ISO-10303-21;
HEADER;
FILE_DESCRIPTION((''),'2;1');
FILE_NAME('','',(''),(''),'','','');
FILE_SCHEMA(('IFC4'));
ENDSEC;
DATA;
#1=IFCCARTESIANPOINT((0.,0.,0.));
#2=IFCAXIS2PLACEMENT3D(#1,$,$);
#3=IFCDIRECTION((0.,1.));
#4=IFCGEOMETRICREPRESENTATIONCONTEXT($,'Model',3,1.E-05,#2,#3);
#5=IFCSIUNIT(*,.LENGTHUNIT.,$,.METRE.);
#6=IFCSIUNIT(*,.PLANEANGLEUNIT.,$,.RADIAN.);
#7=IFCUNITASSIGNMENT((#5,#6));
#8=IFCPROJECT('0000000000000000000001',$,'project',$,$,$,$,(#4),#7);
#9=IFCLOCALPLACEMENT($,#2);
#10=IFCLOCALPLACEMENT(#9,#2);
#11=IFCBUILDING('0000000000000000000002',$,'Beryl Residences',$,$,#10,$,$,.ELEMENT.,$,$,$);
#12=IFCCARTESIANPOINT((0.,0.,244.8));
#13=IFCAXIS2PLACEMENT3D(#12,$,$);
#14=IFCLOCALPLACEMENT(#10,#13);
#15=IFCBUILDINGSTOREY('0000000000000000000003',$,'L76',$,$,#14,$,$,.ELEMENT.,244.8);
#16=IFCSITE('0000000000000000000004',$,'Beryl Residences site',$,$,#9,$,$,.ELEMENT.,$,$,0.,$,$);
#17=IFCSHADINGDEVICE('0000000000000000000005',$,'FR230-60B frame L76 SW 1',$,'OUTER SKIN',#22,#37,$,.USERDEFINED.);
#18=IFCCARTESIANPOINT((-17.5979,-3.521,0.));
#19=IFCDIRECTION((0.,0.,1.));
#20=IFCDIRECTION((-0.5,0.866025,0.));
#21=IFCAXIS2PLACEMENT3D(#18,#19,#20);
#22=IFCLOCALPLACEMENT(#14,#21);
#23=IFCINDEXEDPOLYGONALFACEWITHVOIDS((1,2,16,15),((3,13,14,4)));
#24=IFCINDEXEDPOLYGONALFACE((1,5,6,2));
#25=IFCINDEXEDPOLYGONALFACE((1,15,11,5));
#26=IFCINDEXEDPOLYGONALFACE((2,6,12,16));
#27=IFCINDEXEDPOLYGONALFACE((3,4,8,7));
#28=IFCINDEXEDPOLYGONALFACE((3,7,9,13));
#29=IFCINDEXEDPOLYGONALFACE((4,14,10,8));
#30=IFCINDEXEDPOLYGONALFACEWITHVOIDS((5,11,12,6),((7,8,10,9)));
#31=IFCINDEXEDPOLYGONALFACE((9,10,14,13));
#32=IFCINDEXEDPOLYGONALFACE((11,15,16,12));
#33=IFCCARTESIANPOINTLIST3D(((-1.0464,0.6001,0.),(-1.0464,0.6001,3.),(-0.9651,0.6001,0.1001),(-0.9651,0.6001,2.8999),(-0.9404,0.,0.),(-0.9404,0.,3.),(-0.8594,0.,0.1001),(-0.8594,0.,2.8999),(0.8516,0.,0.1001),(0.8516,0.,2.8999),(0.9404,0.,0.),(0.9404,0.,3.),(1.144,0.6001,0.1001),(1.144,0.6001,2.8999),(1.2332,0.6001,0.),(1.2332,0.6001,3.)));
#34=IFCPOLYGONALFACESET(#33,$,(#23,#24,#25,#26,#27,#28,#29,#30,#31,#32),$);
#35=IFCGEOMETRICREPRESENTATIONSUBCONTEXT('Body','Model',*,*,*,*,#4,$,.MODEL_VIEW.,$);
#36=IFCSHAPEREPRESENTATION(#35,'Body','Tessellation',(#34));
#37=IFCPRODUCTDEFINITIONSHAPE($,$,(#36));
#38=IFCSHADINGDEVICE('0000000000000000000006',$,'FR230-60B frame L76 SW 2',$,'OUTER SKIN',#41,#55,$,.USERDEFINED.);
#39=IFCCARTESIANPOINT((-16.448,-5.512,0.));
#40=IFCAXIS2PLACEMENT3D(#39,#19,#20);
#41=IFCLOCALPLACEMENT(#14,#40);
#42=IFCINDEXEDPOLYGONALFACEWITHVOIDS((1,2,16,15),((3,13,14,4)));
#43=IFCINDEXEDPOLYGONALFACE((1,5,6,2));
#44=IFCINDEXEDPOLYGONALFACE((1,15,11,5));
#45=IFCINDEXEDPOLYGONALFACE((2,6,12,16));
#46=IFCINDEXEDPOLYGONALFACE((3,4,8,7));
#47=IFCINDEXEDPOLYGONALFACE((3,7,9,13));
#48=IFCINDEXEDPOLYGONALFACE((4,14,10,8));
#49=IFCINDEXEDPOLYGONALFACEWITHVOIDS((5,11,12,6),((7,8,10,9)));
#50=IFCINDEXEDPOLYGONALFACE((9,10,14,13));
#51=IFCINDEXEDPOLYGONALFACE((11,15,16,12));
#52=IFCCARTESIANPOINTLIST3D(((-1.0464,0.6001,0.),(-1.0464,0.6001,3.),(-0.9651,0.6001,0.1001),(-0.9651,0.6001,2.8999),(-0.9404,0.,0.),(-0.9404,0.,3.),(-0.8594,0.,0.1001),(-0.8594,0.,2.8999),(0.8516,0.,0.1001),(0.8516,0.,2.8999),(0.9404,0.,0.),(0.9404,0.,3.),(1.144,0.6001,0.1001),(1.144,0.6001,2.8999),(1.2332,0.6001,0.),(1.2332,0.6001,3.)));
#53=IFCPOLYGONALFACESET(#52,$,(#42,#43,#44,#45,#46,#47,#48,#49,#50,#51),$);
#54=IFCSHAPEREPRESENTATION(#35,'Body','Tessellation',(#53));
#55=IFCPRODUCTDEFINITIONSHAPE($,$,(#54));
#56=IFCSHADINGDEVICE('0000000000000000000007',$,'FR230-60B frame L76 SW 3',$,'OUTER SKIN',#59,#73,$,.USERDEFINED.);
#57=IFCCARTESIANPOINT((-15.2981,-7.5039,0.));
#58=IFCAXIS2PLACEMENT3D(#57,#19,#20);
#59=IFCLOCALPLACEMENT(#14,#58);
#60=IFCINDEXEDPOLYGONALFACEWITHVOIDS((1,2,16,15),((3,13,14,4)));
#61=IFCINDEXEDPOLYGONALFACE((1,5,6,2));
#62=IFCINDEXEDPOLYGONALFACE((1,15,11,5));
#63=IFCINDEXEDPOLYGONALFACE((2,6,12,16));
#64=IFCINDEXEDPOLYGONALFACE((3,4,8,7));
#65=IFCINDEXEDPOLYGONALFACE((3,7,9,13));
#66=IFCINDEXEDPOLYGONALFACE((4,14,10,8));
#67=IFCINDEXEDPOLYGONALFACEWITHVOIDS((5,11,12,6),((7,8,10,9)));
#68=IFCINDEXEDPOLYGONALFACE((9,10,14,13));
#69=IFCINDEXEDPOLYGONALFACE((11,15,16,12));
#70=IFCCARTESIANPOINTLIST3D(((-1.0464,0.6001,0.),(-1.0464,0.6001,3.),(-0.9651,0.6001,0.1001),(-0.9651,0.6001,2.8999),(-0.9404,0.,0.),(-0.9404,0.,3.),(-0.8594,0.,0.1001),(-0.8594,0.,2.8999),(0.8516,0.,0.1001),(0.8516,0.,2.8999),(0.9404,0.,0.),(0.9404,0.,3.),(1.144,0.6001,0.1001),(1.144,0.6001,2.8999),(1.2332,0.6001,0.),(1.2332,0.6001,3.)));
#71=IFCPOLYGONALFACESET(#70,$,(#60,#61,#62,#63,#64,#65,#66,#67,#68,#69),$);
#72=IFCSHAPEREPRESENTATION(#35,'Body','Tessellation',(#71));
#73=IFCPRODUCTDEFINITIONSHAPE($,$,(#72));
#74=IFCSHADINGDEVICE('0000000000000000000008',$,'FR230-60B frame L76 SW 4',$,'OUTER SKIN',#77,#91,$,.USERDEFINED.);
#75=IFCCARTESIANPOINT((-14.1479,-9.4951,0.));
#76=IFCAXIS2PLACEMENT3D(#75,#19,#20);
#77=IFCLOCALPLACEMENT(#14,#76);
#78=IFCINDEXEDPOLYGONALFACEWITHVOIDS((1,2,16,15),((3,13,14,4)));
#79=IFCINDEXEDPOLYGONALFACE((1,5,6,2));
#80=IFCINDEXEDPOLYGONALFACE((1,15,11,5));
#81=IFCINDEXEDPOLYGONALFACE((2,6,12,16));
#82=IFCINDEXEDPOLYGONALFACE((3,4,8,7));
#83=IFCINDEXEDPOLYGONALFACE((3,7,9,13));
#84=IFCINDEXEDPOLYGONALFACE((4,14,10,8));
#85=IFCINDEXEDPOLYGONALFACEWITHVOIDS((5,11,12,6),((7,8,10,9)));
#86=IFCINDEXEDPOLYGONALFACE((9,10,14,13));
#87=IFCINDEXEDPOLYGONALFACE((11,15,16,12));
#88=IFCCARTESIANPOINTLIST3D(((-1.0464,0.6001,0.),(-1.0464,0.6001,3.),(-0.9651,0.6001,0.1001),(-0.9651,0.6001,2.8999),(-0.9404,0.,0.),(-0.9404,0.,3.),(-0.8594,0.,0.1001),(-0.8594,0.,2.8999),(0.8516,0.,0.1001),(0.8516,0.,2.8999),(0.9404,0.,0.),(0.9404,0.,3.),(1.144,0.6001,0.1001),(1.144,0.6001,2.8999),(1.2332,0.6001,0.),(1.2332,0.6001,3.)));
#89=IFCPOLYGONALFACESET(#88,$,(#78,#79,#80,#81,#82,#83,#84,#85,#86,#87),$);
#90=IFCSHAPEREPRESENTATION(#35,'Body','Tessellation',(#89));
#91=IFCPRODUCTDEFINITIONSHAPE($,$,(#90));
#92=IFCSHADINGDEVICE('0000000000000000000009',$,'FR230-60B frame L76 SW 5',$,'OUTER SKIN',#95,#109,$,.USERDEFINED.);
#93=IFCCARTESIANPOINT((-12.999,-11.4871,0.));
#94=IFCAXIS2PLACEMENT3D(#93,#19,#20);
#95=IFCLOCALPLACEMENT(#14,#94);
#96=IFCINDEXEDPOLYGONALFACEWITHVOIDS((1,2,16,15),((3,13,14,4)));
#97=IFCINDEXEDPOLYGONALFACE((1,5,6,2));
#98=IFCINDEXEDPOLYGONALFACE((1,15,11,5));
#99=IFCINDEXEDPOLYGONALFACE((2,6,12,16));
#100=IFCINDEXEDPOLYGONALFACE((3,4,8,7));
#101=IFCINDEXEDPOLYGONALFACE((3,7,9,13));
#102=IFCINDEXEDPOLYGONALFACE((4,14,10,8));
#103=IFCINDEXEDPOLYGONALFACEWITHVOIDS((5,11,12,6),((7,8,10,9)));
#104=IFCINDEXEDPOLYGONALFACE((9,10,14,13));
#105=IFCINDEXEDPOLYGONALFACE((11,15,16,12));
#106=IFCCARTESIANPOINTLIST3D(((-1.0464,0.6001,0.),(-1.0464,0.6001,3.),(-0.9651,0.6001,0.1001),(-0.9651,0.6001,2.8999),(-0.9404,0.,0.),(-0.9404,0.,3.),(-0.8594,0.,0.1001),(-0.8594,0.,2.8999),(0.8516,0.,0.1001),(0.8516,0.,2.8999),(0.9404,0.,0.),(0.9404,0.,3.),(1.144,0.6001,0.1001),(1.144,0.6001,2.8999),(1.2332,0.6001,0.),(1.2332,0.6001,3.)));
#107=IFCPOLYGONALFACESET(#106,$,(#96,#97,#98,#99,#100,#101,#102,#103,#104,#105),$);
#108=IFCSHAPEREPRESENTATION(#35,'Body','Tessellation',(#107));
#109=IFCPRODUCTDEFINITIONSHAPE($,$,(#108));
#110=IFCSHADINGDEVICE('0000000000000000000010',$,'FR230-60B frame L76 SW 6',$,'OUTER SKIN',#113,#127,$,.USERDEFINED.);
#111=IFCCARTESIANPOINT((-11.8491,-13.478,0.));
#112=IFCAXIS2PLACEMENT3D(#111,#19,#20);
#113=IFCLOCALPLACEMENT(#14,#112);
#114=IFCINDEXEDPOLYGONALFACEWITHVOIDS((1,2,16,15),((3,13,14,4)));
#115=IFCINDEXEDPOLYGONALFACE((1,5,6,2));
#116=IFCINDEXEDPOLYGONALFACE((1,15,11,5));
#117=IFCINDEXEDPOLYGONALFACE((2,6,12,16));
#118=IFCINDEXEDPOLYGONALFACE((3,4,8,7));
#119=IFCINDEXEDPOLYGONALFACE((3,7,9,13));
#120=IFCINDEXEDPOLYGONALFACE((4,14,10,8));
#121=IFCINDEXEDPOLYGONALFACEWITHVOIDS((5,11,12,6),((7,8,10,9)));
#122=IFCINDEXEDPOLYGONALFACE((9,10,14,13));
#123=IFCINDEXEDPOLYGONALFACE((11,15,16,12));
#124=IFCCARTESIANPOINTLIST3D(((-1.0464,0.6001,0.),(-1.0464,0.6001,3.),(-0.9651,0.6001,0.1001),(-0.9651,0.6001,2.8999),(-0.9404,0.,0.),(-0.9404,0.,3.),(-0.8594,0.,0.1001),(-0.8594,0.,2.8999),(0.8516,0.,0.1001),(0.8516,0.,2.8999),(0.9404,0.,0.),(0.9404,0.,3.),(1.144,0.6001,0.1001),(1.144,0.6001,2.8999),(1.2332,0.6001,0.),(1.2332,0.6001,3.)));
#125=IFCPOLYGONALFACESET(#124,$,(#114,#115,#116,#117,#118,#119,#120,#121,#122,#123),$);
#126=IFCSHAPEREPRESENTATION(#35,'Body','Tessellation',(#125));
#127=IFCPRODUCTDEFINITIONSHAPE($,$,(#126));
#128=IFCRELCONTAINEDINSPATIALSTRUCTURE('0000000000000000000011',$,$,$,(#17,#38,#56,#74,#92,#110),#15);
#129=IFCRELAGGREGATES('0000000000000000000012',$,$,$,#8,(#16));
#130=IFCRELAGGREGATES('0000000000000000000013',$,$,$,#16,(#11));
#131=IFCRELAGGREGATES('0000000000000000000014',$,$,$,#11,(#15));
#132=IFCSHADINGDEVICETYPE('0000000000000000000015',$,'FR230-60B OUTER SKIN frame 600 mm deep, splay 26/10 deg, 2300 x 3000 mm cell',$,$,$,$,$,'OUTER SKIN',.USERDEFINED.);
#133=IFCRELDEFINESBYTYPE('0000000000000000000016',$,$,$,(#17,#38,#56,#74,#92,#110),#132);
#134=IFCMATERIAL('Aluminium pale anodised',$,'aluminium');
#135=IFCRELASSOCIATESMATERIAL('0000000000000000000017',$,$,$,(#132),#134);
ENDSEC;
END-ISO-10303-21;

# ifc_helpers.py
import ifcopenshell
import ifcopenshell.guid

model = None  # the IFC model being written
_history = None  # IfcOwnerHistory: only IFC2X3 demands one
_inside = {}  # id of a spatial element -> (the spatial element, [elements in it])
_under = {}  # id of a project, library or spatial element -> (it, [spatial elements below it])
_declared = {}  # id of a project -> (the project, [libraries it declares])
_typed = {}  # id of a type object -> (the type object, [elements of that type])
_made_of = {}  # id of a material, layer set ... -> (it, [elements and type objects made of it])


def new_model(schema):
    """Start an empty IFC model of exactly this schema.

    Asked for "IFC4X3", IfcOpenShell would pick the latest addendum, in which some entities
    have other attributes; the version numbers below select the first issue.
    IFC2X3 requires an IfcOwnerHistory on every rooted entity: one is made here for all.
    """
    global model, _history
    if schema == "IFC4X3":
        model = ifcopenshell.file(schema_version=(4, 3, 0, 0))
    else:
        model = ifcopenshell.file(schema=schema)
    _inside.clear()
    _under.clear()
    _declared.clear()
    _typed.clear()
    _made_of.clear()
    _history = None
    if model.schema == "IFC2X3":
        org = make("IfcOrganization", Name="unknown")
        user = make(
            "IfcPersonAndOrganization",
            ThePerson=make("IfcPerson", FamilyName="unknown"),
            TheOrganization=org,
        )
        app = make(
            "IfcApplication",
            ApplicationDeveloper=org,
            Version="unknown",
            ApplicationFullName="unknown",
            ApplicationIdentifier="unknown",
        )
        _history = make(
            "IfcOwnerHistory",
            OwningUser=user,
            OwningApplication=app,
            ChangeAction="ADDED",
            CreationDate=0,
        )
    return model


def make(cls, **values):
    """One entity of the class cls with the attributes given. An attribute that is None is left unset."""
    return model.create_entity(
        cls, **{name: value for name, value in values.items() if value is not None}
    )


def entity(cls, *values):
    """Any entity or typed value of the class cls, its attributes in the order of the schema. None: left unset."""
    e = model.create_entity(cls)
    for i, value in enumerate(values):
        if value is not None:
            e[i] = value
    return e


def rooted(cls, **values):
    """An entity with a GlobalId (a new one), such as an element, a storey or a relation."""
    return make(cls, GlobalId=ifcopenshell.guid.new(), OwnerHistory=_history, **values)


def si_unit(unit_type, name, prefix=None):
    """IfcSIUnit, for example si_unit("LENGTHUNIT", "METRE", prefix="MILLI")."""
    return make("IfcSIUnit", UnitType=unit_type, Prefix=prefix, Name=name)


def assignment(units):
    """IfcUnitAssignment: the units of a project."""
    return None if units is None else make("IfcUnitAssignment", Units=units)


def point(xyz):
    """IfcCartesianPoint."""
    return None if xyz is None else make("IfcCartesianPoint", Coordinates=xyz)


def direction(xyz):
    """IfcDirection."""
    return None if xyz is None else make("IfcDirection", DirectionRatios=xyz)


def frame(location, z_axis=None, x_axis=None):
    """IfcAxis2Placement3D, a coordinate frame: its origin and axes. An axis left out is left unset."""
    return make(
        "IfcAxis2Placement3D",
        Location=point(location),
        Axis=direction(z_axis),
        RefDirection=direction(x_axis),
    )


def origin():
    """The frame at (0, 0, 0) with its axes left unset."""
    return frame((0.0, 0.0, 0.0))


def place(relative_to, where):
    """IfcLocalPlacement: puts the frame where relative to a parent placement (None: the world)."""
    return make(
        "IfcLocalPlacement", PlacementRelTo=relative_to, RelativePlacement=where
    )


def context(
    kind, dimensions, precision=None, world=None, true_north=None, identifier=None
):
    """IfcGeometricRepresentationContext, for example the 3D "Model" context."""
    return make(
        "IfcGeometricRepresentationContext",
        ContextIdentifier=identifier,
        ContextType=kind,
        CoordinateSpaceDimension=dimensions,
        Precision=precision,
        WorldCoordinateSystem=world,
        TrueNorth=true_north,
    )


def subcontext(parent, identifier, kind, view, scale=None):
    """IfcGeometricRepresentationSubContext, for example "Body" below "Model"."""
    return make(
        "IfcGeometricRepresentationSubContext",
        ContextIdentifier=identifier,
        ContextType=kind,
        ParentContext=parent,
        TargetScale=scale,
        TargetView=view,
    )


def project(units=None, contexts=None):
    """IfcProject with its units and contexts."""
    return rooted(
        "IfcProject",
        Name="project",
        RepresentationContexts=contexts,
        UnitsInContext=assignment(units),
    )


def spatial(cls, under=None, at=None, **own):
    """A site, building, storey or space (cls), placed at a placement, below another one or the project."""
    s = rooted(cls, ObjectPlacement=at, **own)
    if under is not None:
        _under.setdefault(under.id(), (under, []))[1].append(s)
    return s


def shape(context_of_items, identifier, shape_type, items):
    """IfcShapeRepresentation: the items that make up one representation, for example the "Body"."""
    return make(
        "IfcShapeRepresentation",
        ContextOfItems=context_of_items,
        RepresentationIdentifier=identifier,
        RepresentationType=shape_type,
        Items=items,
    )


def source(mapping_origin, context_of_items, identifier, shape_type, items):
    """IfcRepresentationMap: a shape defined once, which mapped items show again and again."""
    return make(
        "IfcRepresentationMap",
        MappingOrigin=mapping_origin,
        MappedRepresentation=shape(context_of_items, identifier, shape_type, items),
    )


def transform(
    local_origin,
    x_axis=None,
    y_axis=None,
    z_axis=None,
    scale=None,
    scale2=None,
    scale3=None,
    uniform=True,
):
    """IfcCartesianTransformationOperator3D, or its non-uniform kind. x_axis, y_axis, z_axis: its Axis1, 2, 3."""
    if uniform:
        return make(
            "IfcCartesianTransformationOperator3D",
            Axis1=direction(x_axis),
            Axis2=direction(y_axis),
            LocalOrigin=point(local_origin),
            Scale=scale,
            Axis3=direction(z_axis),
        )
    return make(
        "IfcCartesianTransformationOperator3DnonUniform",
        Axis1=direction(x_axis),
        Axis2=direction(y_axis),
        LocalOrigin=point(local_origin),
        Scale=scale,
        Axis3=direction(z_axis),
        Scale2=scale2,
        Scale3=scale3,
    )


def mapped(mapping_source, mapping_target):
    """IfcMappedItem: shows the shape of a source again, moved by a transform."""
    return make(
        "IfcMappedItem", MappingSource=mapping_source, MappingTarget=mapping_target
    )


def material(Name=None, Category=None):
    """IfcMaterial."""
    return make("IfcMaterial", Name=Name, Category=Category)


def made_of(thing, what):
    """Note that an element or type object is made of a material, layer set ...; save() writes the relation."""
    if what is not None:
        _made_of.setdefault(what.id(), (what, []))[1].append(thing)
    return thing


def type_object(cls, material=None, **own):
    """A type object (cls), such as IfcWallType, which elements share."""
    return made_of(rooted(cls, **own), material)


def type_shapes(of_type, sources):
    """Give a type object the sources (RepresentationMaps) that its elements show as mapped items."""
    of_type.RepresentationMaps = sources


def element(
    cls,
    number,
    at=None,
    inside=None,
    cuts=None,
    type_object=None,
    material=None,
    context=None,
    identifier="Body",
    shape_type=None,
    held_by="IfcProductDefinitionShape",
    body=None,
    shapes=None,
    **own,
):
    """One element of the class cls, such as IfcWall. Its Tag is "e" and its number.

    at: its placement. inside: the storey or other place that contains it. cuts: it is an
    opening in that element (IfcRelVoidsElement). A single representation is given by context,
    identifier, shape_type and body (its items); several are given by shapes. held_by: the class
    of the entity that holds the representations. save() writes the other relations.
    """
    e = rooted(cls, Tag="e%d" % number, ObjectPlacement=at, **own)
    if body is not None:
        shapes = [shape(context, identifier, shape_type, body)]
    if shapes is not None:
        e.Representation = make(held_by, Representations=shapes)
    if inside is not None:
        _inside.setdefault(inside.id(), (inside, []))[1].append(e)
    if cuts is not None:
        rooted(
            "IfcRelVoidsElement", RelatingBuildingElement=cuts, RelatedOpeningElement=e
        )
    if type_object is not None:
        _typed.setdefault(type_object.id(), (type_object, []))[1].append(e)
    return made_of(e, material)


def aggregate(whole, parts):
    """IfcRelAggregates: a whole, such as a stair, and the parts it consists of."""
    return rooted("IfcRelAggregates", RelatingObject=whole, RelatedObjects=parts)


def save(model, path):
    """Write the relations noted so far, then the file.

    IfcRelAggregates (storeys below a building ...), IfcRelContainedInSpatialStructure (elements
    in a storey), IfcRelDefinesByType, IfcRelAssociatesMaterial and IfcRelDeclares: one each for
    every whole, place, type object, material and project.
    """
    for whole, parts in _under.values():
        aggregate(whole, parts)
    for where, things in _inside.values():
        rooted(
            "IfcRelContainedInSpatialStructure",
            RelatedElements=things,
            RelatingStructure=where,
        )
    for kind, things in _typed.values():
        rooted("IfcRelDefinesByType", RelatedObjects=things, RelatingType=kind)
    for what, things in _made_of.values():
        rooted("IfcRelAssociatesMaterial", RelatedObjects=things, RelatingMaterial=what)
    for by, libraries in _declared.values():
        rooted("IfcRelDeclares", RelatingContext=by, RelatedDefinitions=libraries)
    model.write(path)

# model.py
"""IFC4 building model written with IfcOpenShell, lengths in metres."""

from ifc_helpers import new_model, entity, si_unit, direction, frame, origin, place, context, subcontext, project, spatial, source, transform, mapped, material, type_object, type_shapes, element, save


model = new_model("IFC4")

# Units and contexts
model_context = context("Model", 3, precision=1e-05, world=origin(), true_north=direction((0.0, 1.0)))
body_context = subcontext(model_context, "Body", "Model", "MODEL_VIEW")
ifc_project = project(units=[si_unit("LENGTHUNIT", "METRE"), si_unit("PLANEANGLEUNIT", "RADIAN")], contexts=[model_context])

# Site, building, storey
site_placement = place(None, origin())
site = spatial("IfcSite", under=ifc_project, at=site_placement, Name="Beryl Residences site", CompositionType="ELEMENT", RefElevation=0.0)
building_placement = place(site_placement, origin())
building = spatial("IfcBuilding", under=site, at=building_placement, Name="Beryl Residences", CompositionType="ELEMENT")
storey_placement = place(building_placement, frame((0.0, 0.0, 244.8)))
storey = spatial("IfcBuildingStorey", under=building, at=storey_placement, Name="L76", CompositionType="ELEMENT", Elevation=244.8)

# Shading devices
ifc_material_1 = material(Name="Aluminium pale anodised", Category="aluminium")
shading_device_type = type_object("IfcShadingDeviceType", Name="FR230-60B OUTER SKIN frame 600 mm deep, splay 26/10 deg, 2300 x 3000 mm cell", ElementType="OUTER SKIN", PredefinedType="USERDEFINED", material=ifc_material_1)
cartesian_point_1 = entity("IfcCartesianPoint", [-0.9404, 0.0])
cartesian_point_2 = entity("IfcCartesianPoint", [-0.8516, 0.1001])
cartesian_point_3 = entity("IfcCartesianPoint", [-1.2332, 0.0])
cartesian_point_4 = entity("IfcCartesianPoint", [-1.144, 0.1001])
shared_shape_1 = source(origin(), body_context, "Body", "SweptSolid", [
    entity("IfcExtrudedAreaSolidTapered", entity("IfcArbitraryProfileDefWithVoids", "AREA", None, entity("IfcPolyline", [cartesian_point_1, entity("IfcCartesianPoint", [0.9404, 0.0]), entity("IfcCartesianPoint", [0.9404, 3.0]), entity("IfcCartesianPoint", [-0.9404, 3.0]), cartesian_point_1]), [entity("IfcPolyline", [cartesian_point_2, entity("IfcCartesianPoint", [0.8594, 0.1001]), entity("IfcCartesianPoint", [0.8594, 2.8999]), entity("IfcCartesianPoint", [-0.8516, 2.8999]), cartesian_point_2])]), entity("IfcAxis2Placement3D", entity("IfcCartesianPoint", [0.0, 0.0, 0.0]), entity("IfcDirection", [0.0, 1.0, 0.0]), entity("IfcDirection", [-1.0, 0.0, 0.0])), entity("IfcDirection", [0.0, 0.0, 1.0]), 0.6001, entity("IfcArbitraryProfileDefWithVoids", "AREA", None, entity("IfcPolyline", [cartesian_point_3, entity("IfcCartesianPoint", [1.0464, 0.0]), entity("IfcCartesianPoint", [1.0464, 3.0]), entity("IfcCartesianPoint", [-1.2332, 3.0]), cartesian_point_3]), [entity("IfcPolyline", [cartesian_point_4, entity("IfcCartesianPoint", [0.9651, 0.1001]), entity("IfcCartesianPoint", [0.9651, 2.8999]), entity("IfcCartesianPoint", [-1.144, 2.8999]), cartesian_point_4])])),
])
type_shapes(shading_device_type, [shared_shape_1])
for number, where, z_axis, x_axis, name in (
    (1, (-17.5979, -3.521, 0.0), (0.0, 0.0, 1.0), (-0.5, 0.866025, 0.0), "FR230-60B frame L76 SW 1"),
    (2, (-16.448, -5.512, 0.0), (0.0, 0.0, 1.0), (-0.5, 0.866025, 0.0), "FR230-60B frame L76 SW 2"),
    (3, (-15.2981, -7.5039, 0.0), (0.0, 0.0, 1.0), (-0.5, 0.866025, 0.0), "FR230-60B frame L76 SW 3"),
    (4, (-14.1479, -9.4951, 0.0), (0.0, 0.0, 1.0), (-0.5, 0.866025, 0.0), "FR230-60B frame L76 SW 4"),
    (5, (-12.999, -11.4871, 0.0), (0.0, 0.0, 1.0), (-0.5, 0.866025, 0.0), "FR230-60B frame L76 SW 5"),
    (6, (-11.8491, -13.478, 0.0), (0.0, 0.0, 1.0), (-0.5, 0.866025, 0.0), "FR230-60B frame L76 SW 6"),
):
    element("IfcShadingDevice", number, at=place(storey_placement, frame(where, z_axis=z_axis, x_axis=x_axis)), inside=storey, type_object=shading_device_type, Name=name, ObjectType="OUTER SKIN", PredefinedType="USERDEFINED", context=body_context, shape_type="MappedRepresentation", body=[
        mapped(shared_shape_1, transform((0.0, 0.0, 0.0))),
    ])

save(model, "model.ifc")
